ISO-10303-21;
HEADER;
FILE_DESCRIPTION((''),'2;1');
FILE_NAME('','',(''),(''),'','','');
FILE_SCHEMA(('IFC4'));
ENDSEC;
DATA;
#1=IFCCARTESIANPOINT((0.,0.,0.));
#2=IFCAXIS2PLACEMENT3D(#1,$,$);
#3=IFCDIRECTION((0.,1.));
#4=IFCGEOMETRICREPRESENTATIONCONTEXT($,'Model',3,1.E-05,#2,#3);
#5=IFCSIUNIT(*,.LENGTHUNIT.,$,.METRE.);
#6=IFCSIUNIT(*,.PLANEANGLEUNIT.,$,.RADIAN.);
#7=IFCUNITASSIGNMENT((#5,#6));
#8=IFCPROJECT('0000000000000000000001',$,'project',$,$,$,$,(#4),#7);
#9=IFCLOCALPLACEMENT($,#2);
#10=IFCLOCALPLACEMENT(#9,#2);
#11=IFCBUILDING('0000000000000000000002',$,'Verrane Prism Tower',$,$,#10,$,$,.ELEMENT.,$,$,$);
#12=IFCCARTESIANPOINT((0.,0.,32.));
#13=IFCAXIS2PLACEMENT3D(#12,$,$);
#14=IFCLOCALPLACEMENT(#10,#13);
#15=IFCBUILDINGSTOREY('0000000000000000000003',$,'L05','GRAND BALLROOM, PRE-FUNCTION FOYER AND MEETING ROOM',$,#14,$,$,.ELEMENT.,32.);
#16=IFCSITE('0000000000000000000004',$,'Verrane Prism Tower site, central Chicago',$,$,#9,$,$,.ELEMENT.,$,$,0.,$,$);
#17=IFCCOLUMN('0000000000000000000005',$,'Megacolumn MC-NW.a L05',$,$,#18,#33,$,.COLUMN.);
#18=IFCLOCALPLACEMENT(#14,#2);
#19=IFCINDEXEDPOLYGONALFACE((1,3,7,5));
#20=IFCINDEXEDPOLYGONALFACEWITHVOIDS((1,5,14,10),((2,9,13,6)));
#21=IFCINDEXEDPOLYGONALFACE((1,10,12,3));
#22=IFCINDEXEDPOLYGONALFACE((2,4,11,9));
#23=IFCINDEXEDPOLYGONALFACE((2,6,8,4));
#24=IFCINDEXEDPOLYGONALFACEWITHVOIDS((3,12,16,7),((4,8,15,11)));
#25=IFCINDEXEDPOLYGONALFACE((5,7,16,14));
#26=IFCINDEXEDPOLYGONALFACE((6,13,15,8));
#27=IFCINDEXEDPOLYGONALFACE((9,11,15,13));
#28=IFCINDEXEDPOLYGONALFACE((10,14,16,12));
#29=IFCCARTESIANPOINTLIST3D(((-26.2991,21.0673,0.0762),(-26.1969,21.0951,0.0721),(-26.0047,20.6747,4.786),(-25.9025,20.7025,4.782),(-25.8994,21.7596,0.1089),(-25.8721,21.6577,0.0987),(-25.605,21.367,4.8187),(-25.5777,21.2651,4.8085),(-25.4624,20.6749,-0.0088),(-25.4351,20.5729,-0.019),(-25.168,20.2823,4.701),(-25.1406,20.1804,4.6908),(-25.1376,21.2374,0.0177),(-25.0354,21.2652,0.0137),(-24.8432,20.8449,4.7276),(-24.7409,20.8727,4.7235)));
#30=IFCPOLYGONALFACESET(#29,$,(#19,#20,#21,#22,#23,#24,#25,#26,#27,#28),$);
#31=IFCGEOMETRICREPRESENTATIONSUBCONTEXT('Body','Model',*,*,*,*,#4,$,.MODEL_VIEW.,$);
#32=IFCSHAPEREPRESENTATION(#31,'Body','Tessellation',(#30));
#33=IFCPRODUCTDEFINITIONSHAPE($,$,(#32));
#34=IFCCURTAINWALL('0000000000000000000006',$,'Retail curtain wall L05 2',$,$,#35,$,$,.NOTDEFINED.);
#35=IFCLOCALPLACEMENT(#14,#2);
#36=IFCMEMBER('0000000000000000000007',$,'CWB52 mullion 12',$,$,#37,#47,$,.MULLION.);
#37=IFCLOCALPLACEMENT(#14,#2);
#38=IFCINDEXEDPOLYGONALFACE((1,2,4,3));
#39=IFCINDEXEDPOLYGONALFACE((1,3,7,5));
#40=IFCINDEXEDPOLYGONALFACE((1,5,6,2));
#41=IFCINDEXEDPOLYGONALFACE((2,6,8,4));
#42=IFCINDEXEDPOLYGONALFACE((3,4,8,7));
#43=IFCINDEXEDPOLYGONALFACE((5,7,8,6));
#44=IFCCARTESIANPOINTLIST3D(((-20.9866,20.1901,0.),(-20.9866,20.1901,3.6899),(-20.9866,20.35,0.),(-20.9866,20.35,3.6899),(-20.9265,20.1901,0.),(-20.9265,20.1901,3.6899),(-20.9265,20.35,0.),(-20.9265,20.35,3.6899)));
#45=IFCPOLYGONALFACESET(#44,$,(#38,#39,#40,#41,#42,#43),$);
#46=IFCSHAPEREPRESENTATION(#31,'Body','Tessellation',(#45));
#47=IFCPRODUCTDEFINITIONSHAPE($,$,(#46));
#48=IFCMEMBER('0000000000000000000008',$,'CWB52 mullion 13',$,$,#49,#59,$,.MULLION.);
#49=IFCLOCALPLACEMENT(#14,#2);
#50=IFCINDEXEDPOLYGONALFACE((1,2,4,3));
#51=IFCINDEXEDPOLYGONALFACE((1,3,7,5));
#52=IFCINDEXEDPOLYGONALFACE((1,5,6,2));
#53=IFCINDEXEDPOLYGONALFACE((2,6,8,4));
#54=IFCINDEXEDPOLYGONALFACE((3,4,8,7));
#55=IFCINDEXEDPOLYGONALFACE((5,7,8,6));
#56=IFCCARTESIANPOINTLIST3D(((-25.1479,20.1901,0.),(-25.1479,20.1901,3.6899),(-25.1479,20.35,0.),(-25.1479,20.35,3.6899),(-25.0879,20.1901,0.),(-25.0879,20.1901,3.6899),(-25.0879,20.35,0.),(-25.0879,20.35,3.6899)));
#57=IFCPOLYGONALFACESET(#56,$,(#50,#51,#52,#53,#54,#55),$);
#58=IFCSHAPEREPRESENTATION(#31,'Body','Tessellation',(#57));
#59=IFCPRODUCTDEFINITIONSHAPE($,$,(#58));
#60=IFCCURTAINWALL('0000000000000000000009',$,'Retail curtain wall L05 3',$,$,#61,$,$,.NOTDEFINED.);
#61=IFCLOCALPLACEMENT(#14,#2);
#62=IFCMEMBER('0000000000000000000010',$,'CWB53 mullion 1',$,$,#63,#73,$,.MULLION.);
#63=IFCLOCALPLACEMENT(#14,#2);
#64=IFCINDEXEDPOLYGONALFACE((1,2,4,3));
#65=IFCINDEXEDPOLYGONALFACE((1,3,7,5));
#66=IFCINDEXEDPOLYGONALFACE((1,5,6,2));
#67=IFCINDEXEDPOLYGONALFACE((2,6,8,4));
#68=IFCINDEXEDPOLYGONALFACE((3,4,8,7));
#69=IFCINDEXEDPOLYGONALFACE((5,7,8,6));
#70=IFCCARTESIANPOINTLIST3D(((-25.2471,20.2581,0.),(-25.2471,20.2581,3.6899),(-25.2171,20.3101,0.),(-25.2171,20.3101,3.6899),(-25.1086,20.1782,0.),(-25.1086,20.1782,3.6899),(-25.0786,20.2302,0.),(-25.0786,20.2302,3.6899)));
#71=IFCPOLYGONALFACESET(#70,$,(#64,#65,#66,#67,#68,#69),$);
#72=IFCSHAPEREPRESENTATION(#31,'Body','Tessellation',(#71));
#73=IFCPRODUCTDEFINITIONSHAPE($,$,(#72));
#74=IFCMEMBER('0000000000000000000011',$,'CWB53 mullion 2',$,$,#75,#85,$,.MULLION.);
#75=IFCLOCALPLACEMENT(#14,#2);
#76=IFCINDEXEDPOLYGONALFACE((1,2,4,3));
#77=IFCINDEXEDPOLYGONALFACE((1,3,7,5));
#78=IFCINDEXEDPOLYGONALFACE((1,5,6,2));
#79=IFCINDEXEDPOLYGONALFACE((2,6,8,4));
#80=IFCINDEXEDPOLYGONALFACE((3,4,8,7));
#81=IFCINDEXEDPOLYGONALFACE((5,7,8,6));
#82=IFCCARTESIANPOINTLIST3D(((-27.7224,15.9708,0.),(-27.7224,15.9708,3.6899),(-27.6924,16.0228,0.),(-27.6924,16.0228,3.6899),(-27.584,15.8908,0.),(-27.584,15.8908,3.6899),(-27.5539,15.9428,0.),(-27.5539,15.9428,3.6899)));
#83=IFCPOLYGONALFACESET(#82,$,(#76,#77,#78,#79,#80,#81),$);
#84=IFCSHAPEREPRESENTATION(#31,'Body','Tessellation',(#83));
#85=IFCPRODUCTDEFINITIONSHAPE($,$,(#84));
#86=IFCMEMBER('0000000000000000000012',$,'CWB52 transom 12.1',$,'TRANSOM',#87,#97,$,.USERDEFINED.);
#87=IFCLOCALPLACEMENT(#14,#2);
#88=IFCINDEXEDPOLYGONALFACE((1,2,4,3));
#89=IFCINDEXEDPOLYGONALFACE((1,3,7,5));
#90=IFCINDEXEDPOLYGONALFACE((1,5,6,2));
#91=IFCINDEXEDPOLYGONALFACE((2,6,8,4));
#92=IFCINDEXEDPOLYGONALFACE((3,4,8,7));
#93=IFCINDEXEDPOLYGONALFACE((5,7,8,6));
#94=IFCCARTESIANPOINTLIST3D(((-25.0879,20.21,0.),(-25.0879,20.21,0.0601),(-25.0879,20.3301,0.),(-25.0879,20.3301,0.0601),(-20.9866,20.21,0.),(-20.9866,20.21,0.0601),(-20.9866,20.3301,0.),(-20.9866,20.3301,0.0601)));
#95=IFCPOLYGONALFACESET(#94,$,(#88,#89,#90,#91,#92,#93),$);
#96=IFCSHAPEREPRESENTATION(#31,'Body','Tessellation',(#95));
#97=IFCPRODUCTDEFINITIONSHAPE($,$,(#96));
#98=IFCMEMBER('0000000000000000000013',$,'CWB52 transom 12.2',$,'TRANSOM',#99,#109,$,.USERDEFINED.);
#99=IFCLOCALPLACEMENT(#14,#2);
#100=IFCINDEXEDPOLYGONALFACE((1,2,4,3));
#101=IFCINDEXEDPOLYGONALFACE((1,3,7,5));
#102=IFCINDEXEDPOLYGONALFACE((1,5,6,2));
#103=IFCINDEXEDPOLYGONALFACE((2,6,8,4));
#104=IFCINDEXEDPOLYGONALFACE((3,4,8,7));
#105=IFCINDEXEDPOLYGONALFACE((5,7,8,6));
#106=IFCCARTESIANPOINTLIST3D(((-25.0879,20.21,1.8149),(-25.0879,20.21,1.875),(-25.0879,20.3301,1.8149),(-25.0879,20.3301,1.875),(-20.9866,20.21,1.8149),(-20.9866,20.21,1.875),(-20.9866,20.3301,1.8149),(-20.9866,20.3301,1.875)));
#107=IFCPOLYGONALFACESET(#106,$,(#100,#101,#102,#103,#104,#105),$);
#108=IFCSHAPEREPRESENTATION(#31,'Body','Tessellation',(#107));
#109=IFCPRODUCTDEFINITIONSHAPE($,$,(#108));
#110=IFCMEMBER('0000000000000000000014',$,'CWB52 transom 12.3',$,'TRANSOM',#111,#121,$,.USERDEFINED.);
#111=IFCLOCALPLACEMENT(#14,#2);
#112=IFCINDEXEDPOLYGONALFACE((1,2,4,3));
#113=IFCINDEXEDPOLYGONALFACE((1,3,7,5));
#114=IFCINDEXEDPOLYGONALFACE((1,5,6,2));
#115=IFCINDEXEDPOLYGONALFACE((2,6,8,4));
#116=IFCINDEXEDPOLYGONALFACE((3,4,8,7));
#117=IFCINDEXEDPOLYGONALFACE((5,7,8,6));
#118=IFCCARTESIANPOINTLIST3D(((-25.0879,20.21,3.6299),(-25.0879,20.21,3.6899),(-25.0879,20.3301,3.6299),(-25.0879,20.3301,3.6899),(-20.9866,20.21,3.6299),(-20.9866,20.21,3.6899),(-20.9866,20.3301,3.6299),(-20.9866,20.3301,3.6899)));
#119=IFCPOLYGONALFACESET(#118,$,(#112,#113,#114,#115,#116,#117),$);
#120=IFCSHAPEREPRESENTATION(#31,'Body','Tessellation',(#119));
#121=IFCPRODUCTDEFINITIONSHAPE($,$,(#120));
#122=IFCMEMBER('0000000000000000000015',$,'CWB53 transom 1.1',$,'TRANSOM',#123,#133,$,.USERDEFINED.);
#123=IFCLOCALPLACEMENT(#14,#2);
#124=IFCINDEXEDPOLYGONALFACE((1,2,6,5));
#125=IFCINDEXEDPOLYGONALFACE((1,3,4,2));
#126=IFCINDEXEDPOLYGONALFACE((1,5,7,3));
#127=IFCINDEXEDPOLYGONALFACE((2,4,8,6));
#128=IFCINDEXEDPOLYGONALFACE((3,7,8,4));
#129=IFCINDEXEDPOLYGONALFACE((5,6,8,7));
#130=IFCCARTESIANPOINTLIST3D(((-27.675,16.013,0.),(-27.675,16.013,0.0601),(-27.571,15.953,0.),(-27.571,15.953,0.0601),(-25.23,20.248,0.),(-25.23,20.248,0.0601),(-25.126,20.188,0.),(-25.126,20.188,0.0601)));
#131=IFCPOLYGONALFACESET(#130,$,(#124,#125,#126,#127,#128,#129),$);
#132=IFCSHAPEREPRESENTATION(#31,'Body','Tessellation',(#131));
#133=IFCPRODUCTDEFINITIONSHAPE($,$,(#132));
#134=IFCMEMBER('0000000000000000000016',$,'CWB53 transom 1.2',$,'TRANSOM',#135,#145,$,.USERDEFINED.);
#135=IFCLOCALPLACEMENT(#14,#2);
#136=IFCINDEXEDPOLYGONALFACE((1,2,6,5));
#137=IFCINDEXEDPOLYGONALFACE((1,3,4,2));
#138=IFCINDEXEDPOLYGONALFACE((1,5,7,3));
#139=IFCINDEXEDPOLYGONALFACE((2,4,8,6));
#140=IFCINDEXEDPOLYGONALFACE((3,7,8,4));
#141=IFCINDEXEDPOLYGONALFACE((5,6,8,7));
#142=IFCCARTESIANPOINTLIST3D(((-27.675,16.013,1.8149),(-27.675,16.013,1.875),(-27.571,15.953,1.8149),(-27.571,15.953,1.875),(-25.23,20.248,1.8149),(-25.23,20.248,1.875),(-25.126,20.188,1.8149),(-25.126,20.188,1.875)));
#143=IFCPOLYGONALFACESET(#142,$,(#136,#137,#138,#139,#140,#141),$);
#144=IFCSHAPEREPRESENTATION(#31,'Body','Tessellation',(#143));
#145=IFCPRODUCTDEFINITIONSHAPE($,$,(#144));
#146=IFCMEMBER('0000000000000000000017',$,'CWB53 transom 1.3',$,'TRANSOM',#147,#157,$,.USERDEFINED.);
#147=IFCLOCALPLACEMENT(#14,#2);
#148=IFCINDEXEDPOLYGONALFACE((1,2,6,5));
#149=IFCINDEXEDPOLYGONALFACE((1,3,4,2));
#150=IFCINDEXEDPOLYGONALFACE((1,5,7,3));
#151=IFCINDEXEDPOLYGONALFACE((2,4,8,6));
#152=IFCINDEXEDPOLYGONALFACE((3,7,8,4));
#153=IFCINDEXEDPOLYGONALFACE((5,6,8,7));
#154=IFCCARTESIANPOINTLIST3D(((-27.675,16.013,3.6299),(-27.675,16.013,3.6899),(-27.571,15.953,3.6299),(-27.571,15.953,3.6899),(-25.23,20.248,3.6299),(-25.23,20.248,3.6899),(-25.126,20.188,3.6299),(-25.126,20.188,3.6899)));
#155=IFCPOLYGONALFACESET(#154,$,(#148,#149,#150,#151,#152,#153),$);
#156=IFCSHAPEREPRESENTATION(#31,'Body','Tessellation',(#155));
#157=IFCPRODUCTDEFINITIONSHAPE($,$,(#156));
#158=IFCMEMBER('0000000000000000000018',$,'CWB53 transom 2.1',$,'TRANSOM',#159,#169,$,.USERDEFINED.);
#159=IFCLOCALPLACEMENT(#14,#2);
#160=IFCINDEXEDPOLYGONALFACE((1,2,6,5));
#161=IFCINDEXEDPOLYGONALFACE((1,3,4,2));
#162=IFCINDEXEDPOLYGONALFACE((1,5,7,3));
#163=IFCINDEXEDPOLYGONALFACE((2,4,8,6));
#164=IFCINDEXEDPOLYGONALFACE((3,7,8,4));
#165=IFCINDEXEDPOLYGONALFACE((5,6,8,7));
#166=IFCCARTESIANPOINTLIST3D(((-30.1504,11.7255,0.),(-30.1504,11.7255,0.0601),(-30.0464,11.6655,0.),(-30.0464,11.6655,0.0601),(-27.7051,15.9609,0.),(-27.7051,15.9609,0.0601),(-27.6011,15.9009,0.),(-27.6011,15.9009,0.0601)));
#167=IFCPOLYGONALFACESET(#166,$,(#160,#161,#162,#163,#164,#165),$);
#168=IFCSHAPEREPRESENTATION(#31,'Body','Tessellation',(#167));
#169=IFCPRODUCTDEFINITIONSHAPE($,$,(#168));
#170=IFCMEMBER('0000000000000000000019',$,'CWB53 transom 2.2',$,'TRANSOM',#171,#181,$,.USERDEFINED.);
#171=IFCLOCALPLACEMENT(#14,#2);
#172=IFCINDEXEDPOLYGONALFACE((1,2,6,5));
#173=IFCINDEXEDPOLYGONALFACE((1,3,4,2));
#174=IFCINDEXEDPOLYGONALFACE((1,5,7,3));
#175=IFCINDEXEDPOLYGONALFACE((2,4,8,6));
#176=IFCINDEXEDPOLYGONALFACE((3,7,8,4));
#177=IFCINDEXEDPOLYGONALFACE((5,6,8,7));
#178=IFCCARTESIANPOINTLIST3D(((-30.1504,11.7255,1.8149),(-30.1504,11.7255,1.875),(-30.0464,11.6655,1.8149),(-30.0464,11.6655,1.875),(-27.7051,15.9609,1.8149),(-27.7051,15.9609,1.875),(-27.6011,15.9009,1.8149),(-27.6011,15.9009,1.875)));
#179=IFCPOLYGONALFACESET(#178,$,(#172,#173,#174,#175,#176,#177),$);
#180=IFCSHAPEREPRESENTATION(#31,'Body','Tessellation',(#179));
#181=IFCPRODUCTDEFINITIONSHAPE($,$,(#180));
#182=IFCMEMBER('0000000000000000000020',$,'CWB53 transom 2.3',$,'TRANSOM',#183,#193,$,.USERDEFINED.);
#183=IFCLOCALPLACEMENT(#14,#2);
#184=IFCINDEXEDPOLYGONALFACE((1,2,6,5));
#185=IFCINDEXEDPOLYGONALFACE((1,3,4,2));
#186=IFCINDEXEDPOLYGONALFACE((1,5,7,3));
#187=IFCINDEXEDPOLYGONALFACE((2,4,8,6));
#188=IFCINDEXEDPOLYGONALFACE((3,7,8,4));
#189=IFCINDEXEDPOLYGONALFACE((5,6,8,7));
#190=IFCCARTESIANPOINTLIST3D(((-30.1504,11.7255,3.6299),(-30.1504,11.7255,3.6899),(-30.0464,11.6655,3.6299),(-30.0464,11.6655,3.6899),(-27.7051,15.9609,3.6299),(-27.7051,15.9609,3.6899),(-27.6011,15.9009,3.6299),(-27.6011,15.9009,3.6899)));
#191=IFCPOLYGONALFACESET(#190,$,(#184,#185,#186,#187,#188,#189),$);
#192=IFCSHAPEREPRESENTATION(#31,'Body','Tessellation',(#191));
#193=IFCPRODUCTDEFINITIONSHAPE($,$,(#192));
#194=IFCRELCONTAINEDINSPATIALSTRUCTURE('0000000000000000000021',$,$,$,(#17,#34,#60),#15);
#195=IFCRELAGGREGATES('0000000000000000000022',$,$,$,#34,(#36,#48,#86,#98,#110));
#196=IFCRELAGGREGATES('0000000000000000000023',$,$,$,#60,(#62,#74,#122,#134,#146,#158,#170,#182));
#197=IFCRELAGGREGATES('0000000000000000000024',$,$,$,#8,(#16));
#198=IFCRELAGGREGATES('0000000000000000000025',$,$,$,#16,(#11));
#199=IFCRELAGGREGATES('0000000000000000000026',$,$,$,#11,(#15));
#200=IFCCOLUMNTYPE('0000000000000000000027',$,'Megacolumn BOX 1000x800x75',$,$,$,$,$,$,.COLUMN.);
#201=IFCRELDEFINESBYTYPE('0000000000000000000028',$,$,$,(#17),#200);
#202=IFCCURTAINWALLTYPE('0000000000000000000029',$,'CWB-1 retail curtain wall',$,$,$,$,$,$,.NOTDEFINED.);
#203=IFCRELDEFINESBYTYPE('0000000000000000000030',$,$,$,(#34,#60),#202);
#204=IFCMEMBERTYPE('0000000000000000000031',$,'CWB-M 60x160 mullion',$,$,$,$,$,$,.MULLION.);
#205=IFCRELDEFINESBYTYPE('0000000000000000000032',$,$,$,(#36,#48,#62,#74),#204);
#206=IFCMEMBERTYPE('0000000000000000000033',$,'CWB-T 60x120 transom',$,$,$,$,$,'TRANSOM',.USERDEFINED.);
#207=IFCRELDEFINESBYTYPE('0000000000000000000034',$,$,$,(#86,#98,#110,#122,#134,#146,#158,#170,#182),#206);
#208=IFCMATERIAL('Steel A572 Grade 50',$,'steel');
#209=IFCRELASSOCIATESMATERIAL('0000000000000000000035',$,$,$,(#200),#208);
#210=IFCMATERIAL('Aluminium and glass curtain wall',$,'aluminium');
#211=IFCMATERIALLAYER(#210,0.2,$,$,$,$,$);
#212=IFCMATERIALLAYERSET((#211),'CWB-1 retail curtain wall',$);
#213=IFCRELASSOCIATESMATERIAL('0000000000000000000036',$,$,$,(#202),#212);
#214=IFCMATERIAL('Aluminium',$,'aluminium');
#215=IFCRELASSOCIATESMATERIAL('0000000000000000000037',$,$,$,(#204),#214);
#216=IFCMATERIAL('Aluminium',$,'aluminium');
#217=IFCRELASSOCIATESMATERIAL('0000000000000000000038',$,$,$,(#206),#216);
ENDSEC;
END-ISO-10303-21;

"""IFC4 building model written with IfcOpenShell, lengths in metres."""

from ifc_helpers import new_model, si_unit, direction, frame, origin, origin_2d, place, context, subcontext, project, spatial, rectangle, hollow_rectangle, extrude, material, layer, layer_set, material_profile, profile_set, type_object, element, aggregate, save


model = new_model("IFC4")

# Units and contexts
model_context = context("Model", 3, precision=1e-05, world=origin(), true_north=direction((0.0, 1.0)))
body_context = subcontext(model_context, "Body", "Model", "MODEL_VIEW")
ifc_project = project(units=[si_unit("LENGTHUNIT", "METRE"), si_unit("PLANEANGLEUNIT", "RADIAN")], contexts=[model_context])

# Site, building, storey
site_placement = place(None, origin())
site = spatial("IfcSite", under=ifc_project, at=site_placement, Name="Verrane Prism Tower site, central Chicago", CompositionType="ELEMENT", RefElevation=0.0)
building_placement = place(site_placement, origin())
building = spatial("IfcBuilding", under=site, at=building_placement, Name="Verrane Prism Tower", CompositionType="ELEMENT")
storey_placement = place(building_placement, frame((0.0, 0.0, 32.0)))
storey = spatial("IfcBuildingStorey", under=building, at=storey_placement, Name="L05", Description="GRAND BALLROOM, PRE-FUNCTION FOYER AND MEETING ROOM", CompositionType="ELEMENT", Elevation=32.0)

# Column
ifc_material_1 = material(Name="Steel A572 Grade 50", Category="steel")
ifc_material_profile_1 = material_profile(ifc_material_1, hollow_rectangle(XDim=0.8, YDim=1.0, WallThickness=0.075, at=origin_2d()), Name="BOX 1000x800x75")
ifc_profile_set_1 = profile_set([ifc_material_profile_1], Name="Steel A572 Grade 50")
column_type = type_object("IfcColumnType", Name="Megacolumn BOX 1000x800x75", PredefinedType="COLUMN", material=ifc_profile_set_1)
column_placement = place(storey_placement, frame((-25.6672, 21.1663, 0.0449), z_axis=(0.062176, -0.082902, 0.994616), x_axis=(0.499582, 0.865301, 0.040893)))
element("IfcColumn", 1, at=column_placement, inside=storey, type_object=column_type, Name="Megacolumn MC-NW.a L05", PredefinedType="COLUMN", context=body_context, shape_type="SweptSolid", body=[
    extrude(hollow_rectangle(XDim=0.8, YDim=1.0, WallThickness=0.075, at=origin_2d()), origin(), (0.0, 0.0, 1.0), 4.7354),
])

# Curtain walls, members
ifc_material_2 = material(Name="Aluminium and glass curtain wall", Category="aluminium")
ifc_layer_1 = layer(ifc_material_2, 0.2)
ifc_layer_set_1 = layer_set([ifc_layer_1], Name="CWB-1 retail curtain wall")
curtain_wall_type = type_object("IfcCurtainWallType", Name="CWB-1 retail curtain wall", PredefinedType="NOTDEFINED", material=ifc_layer_set_1)
curtain_wall_1_placement = place(storey_placement, origin())
curtain_wall_1 = element("IfcCurtainWall", 2, at=curtain_wall_1_placement, inside=storey, type_object=curtain_wall_type, Name="Retail curtain wall L05 2", PredefinedType="NOTDEFINED")
ifc_material_3 = material(Name="Aluminium", Category="aluminium")
ifc_material_profile_2 = material_profile(ifc_material_3, rectangle(XDim=0.1599, YDim=0.0601, at=origin_2d()), Name="CWB-M 60x160 mullion")
ifc_profile_set_2 = profile_set([ifc_material_profile_2], Name="Aluminium")
member_type_1 = type_object("IfcMemberType", Name="CWB-M 60x160 mullion", PredefinedType="MULLION", material=ifc_profile_set_2)
member_1_placement = place(storey_placement, frame((-20.9565, 20.27, 0.0), z_axis=(0.0, 0.0, 1.0), x_axis=(0.0, -1.0, 0.0)))
member_1 = element("IfcMember", 3, at=member_1_placement, type_object=member_type_1, Name="CWB52 mullion 12", PredefinedType="MULLION", context=body_context, shape_type="SweptSolid", body=[
    extrude(rectangle(XDim=0.1599, YDim=0.0601, at=origin_2d()), origin(), (0.0, 0.0, 1.0), 3.6899),
])
member_2_placement = place(storey_placement, frame((-25.1179, 20.27, 0.0), z_axis=(0.0, 0.0, 1.0), x_axis=(0.0, -1.0, 0.0)))
member_2 = element("IfcMember", 4, at=member_2_placement, type_object=member_type_1, Name="CWB52 mullion 13", PredefinedType="MULLION", context=body_context, shape_type="SweptSolid", body=[
    extrude(rectangle(XDim=0.1599, YDim=0.0601, at=origin_2d()), origin(), (0.0, 0.0, 1.0), 3.6899),
])
curtain_wall_2_placement = place(storey_placement, origin())
curtain_wall_2 = element("IfcCurtainWall", 5, at=curtain_wall_2_placement, inside=storey, type_object=curtain_wall_type, Name="Retail curtain wall L05 3", PredefinedType="NOTDEFINED")
member_3_placement = place(storey_placement, frame((-25.1628, 20.2441, 0.0), z_axis=(0.0, 0.0, 1.0), x_axis=(0.866026, -0.499999, 0.0)))
member_3 = element("IfcMember", 6, at=member_3_placement, type_object=member_type_1, Name="CWB53 mullion 1", PredefinedType="MULLION", context=body_context, shape_type="SweptSolid", body=[
    extrude(rectangle(XDim=0.1599, YDim=0.0601, at=origin_2d()), origin(), (0.0, 0.0, 1.0), 3.6899),
])
member_4_placement = place(storey_placement, frame((-27.6382, 15.9568, 0.0), z_axis=(0.0, 0.0, 1.0), x_axis=(0.866026, -0.499999, 0.0)))
member_4 = element("IfcMember", 7, at=member_4_placement, type_object=member_type_1, Name="CWB53 mullion 2", PredefinedType="MULLION", context=body_context, shape_type="SweptSolid", body=[
    extrude(rectangle(XDim=0.1599, YDim=0.0601, at=origin_2d()), origin(), (0.0, 0.0, 1.0), 3.6899),
])

# Members
ifc_material_4 = material(Name="Aluminium", Category="aluminium")
ifc_material_profile_3 = material_profile(ifc_material_4, rectangle(XDim=0.1201, YDim=0.0601, at=origin_2d()), Name="CWB-T 60x120 transom")
ifc_profile_set_3 = profile_set([ifc_material_profile_3], Name="Aluminium")
member_type_2 = type_object("IfcMemberType", Name="CWB-T 60x120 transom", ElementType="TRANSOM", PredefinedType="USERDEFINED", material=ifc_profile_set_3)
member_5_placement = place(storey_placement, frame((-20.9866, 20.27, 0.03), z_axis=(-1.0, 0.0, 0.0), x_axis=(0.0, -1.0, 0.0)))
member_5 = element("IfcMember", 8, at=member_5_placement, type_object=member_type_2, Name="CWB52 transom 12.1", ObjectType="TRANSOM", PredefinedType="USERDEFINED", context=body_context, shape_type="SweptSolid", body=[
    extrude(rectangle(XDim=0.1201, YDim=0.0601, at=origin_2d()), origin(), (0.0, 0.0, 1.0), 4.1013),
])
member_6_placement = place(storey_placement, frame((-20.9866, 20.27, 1.845), z_axis=(-1.0, 0.0, 0.0), x_axis=(0.0, -1.0, 0.0)))
member_6 = element("IfcMember", 9, at=member_6_placement, type_object=member_type_2, Name="CWB52 transom 12.2", ObjectType="TRANSOM", PredefinedType="USERDEFINED", context=body_context, shape_type="SweptSolid", body=[
    extrude(rectangle(XDim=0.1201, YDim=0.0601, at=origin_2d()), origin(), (0.0, 0.0, 1.0), 4.1013),
])
member_7_placement = place(storey_placement, frame((-20.9866, 20.27, 3.6599), z_axis=(-1.0, 0.0, 0.0), x_axis=(0.0, -1.0, 0.0)))
member_7 = element("IfcMember", 10, at=member_7_placement, type_object=member_type_2, Name="CWB52 transom 12.3", ObjectType="TRANSOM", PredefinedType="USERDEFINED", context=body_context, shape_type="SweptSolid", body=[
    extrude(rectangle(XDim=0.1201, YDim=0.0601, at=origin_2d()), origin(), (0.0, 0.0, 1.0), 4.1013),
])
member_8_placement = place(storey_placement, frame((-25.178, 20.218, 0.03), z_axis=(-0.499989, -0.866032, 0.0), x_axis=(0.866032, -0.499989, 0.0)))
member_8 = element("IfcMember", 11, at=member_8_placement, type_object=member_type_2, Name="CWB53 transom 1.1", ObjectType="TRANSOM", PredefinedType="USERDEFINED", context=body_context, shape_type="SweptSolid", body=[
    extrude(rectangle(XDim=0.1201, YDim=0.0601, at=origin_2d()), origin(), (0.0, 0.0, 1.0), 4.8901),
])
member_9_placement = place(storey_placement, frame((-25.178, 20.218, 1.845), z_axis=(-0.499989, -0.866032, 0.0), x_axis=(0.866032, -0.499989, 0.0)))
member_9 = element("IfcMember", 12, at=member_9_placement, type_object=member_type_2, Name="CWB53 transom 1.2", ObjectType="TRANSOM", PredefinedType="USERDEFINED", context=body_context, shape_type="SweptSolid", body=[
    extrude(rectangle(XDim=0.1201, YDim=0.0601, at=origin_2d()), origin(), (0.0, 0.0, 1.0), 4.8901),
])
member_10_placement = place(storey_placement, frame((-25.178, 20.218, 3.6599), z_axis=(-0.499989, -0.866032, 0.0), x_axis=(0.866032, -0.499989, 0.0)))
member_10 = element("IfcMember", 13, at=member_10_placement, type_object=member_type_2, Name="CWB53 transom 1.3", ObjectType="TRANSOM", PredefinedType="USERDEFINED", context=body_context, shape_type="SweptSolid", body=[
    extrude(rectangle(XDim=0.1201, YDim=0.0601, at=origin_2d()), origin(), (0.0, 0.0, 1.0), 4.8901),
])
member_11_placement = place(storey_placement, frame((-27.6531, 15.9309, 0.03), z_axis=(-0.500005, -0.866023, 0.0), x_axis=(0.866023, -0.500005, 0.0)))
member_11 = element("IfcMember", 14, at=member_11_placement, type_object=member_type_2, Name="CWB53 transom 2.1", ObjectType="TRANSOM", PredefinedType="USERDEFINED", context=body_context, shape_type="SweptSolid", body=[
    extrude(rectangle(XDim=0.1201, YDim=0.0601, at=origin_2d()), origin(), (0.0, 0.0, 1.0), 4.8906),
])
member_12_placement = place(storey_placement, frame((-27.6531, 15.9309, 1.845), z_axis=(-0.500005, -0.866023, 0.0), x_axis=(0.866023, -0.500005, 0.0)))
member_12 = element("IfcMember", 15, at=member_12_placement, type_object=member_type_2, Name="CWB53 transom 2.2", ObjectType="TRANSOM", PredefinedType="USERDEFINED", context=body_context, shape_type="SweptSolid", body=[
    extrude(rectangle(XDim=0.1201, YDim=0.0601, at=origin_2d()), origin(), (0.0, 0.0, 1.0), 4.8906),
])
member_13_placement = place(storey_placement, frame((-27.6531, 15.9309, 3.6599), z_axis=(-0.500005, -0.866023, 0.0), x_axis=(0.866023, -0.500005, 0.0)))
member_13 = element("IfcMember", 16, at=member_13_placement, type_object=member_type_2, Name="CWB53 transom 2.3", ObjectType="TRANSOM", PredefinedType="USERDEFINED", context=body_context, shape_type="SweptSolid", body=[
    extrude(rectangle(XDim=0.1201, YDim=0.0601, at=origin_2d()), origin(), (0.0, 0.0, 1.0), 4.8906),
])

aggregate(curtain_wall_1, [member_1, member_2, member_5, member_6, member_7])
aggregate(curtain_wall_2, [member_3, member_4, member_8, member_9, member_10, member_11, member_12, member_13])

save(model, "model.ifc")
